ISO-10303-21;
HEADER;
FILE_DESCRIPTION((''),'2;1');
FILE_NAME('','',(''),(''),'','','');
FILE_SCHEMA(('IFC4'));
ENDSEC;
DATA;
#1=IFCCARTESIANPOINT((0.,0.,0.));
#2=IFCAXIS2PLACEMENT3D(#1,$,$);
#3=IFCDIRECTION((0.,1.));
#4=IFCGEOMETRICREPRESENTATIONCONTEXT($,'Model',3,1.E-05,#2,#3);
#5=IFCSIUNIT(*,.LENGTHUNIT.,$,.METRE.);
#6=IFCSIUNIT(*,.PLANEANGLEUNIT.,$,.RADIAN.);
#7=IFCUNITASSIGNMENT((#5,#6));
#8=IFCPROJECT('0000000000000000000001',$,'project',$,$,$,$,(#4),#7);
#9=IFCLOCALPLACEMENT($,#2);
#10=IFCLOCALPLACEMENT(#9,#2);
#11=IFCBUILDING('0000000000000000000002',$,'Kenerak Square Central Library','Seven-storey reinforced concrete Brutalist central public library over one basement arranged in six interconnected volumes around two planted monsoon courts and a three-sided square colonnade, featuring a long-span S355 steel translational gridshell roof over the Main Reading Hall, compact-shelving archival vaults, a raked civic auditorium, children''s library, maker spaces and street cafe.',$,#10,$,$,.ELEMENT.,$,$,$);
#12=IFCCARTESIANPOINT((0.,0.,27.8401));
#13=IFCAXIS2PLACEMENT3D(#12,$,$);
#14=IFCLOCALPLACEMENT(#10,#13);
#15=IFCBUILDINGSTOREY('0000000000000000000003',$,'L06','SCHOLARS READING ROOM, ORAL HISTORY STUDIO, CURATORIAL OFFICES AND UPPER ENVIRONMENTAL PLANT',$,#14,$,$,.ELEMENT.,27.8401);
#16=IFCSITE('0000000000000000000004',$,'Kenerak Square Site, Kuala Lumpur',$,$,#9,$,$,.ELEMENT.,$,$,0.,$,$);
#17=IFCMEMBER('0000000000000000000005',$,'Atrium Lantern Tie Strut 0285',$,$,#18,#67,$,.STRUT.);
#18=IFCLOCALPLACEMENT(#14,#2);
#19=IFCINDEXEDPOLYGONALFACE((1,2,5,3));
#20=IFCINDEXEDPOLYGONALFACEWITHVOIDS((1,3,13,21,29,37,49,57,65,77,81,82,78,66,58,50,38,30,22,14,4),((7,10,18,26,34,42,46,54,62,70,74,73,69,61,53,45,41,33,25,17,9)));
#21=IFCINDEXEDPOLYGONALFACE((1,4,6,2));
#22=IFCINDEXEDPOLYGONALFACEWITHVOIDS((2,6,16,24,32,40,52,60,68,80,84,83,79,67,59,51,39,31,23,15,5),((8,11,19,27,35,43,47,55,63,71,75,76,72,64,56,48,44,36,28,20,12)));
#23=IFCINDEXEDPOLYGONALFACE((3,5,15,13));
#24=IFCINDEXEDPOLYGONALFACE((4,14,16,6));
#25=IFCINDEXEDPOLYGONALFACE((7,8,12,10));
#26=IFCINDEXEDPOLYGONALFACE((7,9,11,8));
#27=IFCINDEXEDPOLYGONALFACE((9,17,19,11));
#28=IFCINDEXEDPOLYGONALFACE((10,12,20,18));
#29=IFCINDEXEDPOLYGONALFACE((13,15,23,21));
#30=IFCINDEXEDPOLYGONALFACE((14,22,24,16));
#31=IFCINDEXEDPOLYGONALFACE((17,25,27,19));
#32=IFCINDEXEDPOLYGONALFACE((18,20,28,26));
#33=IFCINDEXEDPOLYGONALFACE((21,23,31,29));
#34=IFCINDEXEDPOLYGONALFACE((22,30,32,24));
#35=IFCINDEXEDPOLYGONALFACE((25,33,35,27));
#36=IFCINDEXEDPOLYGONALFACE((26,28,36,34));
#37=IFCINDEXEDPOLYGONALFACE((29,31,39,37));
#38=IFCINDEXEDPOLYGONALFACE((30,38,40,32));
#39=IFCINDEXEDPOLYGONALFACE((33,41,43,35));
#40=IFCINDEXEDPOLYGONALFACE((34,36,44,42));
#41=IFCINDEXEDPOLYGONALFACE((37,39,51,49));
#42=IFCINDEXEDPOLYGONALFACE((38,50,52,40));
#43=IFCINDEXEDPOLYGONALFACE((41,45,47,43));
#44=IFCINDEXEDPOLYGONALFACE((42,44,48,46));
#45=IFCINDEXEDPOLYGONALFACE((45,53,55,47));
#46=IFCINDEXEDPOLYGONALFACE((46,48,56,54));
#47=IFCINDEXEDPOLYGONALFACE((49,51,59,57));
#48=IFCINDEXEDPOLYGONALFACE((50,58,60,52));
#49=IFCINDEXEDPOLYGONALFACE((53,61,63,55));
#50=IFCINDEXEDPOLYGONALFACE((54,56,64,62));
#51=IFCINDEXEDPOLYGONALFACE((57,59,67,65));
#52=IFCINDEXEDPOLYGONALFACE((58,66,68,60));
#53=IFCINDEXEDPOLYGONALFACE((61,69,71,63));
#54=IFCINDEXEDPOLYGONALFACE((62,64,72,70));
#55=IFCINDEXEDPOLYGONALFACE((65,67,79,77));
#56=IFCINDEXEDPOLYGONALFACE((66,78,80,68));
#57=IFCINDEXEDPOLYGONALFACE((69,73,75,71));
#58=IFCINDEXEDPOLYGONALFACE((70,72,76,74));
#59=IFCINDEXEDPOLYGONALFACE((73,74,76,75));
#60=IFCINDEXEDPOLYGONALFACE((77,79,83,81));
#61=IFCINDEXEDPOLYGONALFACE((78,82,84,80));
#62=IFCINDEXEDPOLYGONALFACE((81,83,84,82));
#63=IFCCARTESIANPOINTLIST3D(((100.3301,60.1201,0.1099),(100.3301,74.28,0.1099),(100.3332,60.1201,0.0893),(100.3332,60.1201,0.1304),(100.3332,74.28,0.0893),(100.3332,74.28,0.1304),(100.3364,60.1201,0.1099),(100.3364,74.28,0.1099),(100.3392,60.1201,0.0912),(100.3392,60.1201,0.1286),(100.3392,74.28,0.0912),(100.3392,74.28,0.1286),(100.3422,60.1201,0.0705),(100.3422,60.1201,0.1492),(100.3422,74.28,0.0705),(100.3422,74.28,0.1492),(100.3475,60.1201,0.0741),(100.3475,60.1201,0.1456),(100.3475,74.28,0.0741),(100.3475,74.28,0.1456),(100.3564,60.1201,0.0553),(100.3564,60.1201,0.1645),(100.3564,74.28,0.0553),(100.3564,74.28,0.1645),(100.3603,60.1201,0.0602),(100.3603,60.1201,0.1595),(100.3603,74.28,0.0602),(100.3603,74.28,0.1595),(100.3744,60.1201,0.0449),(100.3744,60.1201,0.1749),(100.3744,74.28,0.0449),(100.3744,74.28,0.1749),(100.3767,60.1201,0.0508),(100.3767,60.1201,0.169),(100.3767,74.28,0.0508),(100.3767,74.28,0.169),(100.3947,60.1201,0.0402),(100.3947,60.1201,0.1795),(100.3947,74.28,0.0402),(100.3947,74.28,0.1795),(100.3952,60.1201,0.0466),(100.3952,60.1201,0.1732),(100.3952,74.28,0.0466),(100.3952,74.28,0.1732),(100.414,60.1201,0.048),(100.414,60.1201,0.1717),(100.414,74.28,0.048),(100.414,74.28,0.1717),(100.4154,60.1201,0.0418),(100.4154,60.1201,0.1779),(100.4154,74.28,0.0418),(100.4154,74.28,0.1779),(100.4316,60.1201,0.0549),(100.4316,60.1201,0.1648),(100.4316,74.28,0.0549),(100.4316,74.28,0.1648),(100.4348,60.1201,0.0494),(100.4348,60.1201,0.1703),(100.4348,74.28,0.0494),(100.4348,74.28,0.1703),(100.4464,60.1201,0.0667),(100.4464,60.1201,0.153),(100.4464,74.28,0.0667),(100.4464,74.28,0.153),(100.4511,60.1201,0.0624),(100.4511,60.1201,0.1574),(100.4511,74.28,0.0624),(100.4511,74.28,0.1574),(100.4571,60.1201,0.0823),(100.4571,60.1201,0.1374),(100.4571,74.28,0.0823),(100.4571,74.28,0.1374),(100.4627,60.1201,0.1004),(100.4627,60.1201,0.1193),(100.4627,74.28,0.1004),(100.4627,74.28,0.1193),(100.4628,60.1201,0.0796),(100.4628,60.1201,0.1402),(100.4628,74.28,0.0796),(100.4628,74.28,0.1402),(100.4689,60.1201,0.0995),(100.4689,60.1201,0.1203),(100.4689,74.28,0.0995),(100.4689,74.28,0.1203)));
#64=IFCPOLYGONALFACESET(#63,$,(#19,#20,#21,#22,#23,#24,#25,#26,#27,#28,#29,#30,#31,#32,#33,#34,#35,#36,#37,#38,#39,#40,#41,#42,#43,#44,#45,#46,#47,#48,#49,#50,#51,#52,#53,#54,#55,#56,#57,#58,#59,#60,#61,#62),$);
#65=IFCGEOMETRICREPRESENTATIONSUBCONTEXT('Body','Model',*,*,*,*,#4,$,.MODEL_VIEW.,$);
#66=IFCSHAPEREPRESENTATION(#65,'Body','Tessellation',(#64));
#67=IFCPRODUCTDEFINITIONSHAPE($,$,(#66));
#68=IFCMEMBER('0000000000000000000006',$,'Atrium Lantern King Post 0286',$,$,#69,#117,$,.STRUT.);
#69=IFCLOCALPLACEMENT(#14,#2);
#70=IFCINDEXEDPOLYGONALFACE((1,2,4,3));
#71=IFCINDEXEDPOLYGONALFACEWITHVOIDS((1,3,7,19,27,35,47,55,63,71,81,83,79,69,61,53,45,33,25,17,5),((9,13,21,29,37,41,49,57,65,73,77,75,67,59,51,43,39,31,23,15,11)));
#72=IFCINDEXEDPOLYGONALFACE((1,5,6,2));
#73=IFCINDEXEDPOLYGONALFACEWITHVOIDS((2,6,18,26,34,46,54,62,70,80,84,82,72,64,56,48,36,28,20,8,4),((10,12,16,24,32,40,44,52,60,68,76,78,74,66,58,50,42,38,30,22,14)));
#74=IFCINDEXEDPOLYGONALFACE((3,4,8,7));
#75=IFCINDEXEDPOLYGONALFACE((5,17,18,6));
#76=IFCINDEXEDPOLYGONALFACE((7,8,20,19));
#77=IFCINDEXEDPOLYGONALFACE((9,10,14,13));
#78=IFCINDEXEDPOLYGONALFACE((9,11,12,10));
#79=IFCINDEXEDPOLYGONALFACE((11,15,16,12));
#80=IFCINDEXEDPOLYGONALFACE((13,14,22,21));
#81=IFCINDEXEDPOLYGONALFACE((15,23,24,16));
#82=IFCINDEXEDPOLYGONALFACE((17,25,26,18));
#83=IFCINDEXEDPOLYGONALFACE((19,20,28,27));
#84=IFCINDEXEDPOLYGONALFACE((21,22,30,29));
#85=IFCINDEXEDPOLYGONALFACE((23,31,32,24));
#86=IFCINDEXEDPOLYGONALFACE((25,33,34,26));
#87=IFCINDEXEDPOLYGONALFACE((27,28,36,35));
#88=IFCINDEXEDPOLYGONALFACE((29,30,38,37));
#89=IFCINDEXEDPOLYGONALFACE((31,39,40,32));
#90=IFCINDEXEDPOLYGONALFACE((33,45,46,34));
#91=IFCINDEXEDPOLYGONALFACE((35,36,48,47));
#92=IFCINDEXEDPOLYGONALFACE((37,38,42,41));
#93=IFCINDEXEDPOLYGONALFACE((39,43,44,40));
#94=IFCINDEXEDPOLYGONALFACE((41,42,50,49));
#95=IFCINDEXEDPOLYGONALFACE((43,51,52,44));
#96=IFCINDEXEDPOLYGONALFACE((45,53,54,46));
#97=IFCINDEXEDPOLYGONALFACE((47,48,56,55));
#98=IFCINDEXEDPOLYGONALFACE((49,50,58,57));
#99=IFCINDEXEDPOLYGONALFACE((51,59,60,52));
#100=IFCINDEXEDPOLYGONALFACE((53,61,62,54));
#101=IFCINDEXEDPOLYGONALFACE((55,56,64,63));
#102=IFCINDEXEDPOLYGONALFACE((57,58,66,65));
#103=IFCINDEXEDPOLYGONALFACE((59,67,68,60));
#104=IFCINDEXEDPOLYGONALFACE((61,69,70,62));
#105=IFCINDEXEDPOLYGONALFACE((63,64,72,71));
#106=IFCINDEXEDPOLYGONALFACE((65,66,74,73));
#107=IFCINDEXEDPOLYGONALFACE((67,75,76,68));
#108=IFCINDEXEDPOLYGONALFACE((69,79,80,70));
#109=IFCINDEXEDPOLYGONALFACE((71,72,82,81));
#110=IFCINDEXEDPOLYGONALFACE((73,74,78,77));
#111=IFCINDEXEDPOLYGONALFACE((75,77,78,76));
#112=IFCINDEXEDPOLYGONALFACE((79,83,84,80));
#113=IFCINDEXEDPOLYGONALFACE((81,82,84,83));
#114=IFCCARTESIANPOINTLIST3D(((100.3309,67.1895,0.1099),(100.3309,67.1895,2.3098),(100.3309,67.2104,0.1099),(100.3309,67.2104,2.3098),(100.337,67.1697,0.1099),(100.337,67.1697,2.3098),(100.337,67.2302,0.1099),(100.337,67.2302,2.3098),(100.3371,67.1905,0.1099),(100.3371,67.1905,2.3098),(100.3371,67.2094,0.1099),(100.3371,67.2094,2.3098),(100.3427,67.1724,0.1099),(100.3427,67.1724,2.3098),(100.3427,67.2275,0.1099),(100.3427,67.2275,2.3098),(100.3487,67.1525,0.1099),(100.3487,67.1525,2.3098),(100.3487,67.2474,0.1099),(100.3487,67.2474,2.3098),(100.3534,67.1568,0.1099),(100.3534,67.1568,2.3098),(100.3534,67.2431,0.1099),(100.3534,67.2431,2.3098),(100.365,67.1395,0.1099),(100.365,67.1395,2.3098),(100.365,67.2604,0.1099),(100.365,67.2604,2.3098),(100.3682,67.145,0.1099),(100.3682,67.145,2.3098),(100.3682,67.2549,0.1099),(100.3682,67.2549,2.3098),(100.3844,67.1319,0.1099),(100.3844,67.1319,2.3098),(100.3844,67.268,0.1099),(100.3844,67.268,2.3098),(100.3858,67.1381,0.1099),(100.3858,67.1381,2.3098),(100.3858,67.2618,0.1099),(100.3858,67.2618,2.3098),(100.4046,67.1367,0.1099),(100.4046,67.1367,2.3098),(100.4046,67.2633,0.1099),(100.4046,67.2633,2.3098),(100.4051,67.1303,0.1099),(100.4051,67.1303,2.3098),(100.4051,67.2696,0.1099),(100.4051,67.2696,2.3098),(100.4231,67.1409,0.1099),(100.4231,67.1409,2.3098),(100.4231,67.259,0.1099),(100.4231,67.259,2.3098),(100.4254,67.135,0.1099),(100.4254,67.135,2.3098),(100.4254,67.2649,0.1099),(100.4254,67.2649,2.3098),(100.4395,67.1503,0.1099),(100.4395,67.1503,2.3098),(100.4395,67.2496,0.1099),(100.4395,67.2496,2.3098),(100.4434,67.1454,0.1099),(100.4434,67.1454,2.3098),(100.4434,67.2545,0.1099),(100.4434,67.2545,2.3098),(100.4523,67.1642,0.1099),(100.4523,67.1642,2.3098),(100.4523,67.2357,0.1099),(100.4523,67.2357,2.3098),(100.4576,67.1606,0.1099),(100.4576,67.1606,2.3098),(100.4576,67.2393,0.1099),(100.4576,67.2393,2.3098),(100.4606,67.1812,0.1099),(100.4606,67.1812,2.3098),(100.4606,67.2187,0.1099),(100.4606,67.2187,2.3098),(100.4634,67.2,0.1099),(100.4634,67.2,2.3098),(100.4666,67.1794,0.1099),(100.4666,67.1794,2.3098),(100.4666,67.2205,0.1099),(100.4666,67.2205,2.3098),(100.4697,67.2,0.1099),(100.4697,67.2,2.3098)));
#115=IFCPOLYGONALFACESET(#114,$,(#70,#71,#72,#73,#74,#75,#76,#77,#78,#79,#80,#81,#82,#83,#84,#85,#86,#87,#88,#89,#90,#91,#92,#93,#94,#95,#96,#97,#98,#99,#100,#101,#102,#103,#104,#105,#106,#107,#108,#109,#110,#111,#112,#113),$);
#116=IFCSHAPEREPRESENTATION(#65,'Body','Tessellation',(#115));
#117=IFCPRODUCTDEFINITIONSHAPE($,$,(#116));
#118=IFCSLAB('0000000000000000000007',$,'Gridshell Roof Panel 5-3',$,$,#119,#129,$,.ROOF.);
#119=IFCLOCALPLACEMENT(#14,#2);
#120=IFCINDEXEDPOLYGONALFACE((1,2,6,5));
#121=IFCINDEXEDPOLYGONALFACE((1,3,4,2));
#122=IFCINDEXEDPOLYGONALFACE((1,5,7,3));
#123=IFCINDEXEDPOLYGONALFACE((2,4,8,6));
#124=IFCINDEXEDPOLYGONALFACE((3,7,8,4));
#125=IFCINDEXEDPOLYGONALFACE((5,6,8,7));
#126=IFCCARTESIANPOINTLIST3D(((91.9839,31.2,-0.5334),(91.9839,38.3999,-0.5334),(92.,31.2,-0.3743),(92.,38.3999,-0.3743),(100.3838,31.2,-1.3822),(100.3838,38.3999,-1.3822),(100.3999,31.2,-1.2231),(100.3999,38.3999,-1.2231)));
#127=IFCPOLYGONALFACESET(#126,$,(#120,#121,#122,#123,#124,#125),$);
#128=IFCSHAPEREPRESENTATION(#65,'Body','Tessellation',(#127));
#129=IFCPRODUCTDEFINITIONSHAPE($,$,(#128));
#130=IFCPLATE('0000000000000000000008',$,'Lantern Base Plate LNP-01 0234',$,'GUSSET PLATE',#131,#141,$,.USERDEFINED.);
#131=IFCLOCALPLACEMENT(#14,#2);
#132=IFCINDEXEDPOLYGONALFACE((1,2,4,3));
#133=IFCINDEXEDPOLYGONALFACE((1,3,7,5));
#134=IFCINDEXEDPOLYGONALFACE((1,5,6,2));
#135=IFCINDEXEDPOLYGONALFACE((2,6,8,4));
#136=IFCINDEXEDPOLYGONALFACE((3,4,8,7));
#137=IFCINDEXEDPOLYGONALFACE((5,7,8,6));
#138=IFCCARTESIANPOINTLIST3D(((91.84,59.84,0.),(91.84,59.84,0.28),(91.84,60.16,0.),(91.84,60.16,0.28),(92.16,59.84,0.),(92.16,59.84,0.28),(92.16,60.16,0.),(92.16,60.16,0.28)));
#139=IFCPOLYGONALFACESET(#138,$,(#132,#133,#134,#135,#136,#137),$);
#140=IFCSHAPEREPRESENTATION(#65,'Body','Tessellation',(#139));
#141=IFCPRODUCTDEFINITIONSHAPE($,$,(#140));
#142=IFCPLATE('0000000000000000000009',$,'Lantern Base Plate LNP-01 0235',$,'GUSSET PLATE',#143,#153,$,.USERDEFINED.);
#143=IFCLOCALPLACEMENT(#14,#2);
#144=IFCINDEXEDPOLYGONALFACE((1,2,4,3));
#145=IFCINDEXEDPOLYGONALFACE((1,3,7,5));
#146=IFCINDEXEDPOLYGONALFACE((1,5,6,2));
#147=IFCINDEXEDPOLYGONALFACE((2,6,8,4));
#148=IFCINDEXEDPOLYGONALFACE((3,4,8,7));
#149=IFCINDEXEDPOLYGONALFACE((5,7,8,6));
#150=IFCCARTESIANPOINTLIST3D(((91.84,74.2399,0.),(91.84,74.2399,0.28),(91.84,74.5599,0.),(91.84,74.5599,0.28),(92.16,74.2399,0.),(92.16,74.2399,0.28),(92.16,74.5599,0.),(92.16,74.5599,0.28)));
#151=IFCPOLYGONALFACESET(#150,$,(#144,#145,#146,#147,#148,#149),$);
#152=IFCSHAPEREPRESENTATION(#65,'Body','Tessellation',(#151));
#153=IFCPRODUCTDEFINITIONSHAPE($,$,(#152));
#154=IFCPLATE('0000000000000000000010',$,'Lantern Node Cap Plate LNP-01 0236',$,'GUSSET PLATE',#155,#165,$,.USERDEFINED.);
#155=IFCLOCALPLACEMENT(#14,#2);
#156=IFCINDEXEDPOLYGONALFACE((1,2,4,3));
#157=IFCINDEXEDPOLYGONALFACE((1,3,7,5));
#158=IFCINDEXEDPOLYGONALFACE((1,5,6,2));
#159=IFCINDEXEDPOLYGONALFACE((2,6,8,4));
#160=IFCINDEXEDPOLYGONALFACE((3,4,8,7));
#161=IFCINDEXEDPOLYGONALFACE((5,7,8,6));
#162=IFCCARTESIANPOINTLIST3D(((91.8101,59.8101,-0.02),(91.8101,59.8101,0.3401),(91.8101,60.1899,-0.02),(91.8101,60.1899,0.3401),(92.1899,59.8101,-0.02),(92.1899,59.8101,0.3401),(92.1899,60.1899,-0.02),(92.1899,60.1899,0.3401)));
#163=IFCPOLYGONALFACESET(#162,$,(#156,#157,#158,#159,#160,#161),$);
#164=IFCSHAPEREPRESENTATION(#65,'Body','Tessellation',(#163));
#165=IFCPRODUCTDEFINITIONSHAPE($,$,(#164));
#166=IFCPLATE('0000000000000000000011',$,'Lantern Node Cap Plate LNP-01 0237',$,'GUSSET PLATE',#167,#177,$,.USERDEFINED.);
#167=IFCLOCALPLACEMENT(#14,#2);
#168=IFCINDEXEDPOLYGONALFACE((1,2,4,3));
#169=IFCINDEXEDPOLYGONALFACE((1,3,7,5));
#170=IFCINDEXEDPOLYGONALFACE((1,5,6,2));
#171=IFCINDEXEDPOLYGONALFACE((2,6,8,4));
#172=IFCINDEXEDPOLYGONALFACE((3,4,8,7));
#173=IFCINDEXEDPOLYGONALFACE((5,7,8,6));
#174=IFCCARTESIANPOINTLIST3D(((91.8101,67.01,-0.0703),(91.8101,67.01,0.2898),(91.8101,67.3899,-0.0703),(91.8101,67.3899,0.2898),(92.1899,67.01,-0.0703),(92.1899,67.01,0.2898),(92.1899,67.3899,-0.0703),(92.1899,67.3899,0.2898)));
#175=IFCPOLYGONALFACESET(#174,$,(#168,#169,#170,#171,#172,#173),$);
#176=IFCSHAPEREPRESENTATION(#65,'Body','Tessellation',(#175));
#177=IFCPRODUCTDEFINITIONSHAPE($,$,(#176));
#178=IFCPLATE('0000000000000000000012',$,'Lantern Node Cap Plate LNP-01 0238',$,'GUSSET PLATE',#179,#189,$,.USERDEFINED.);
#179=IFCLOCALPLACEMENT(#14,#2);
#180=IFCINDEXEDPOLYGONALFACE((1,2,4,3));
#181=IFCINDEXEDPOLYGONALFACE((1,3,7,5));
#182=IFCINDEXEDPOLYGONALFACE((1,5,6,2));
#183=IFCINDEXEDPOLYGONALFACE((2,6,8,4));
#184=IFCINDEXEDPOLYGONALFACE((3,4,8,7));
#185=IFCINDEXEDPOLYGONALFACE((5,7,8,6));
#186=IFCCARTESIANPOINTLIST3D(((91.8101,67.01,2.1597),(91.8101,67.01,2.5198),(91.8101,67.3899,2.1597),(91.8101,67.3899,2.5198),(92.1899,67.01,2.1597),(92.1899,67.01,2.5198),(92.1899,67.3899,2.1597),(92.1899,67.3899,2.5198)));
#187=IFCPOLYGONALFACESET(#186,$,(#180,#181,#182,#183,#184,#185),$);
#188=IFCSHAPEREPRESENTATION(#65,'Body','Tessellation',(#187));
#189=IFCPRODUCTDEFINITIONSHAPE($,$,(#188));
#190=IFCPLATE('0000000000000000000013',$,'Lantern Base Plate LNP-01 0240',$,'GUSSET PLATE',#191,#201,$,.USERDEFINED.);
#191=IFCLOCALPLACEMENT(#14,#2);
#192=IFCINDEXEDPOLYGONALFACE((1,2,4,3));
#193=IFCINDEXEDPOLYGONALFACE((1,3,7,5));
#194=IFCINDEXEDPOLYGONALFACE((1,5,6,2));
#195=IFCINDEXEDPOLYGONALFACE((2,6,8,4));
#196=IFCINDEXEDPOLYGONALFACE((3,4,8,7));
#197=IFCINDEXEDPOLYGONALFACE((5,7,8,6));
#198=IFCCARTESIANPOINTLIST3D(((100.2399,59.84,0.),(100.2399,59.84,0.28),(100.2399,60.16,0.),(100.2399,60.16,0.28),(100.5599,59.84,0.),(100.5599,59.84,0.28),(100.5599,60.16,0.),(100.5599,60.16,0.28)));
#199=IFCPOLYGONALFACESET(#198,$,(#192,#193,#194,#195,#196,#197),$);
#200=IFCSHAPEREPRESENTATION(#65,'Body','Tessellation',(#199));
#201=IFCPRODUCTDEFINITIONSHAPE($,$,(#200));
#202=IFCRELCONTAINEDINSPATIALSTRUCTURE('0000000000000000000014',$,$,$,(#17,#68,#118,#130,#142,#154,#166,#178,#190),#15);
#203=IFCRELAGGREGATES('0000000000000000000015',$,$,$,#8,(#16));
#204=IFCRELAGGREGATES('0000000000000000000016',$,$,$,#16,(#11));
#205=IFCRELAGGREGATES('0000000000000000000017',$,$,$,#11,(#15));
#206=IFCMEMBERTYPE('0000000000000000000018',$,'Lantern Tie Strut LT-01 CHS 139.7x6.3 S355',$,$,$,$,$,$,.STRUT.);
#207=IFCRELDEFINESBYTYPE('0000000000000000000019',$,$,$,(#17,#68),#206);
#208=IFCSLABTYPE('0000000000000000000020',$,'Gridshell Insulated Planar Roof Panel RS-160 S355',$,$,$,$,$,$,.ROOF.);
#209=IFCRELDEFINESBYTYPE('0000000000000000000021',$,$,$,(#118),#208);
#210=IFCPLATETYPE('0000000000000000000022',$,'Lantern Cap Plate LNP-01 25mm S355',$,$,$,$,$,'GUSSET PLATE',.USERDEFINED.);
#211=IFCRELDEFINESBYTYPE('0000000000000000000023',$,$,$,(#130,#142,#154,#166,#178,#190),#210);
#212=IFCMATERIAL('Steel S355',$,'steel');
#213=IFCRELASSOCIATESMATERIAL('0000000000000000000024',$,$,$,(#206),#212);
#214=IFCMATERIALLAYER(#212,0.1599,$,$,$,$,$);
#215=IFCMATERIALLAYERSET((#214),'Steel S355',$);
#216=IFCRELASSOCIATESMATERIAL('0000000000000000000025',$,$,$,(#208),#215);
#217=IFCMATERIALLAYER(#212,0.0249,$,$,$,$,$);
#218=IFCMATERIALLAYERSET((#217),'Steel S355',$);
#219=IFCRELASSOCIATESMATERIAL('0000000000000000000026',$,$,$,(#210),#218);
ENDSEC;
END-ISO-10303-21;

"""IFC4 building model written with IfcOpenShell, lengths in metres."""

from ifc_helpers import new_model, si_unit, direction, frame, origin, origin_2d, place, context, subcontext, project, spatial, polyline, rectangle, hollow_circle, outline, extrude, material, layer, layer_set, material_profile, profile_set, type_object, element, save


model = new_model("IFC4")

# Units and contexts
model_context = context("Model", 3, precision=1e-05, world=origin(), true_north=direction((0.0, 1.0)))
body_context = subcontext(model_context, "Body", "Model", "MODEL_VIEW")
ifc_project = project(units=[si_unit("LENGTHUNIT", "METRE"), si_unit("PLANEANGLEUNIT", "RADIAN")], contexts=[model_context])

# Site, building, storey
site_placement = place(None, origin())
site = spatial("IfcSite", under=ifc_project, at=site_placement, Name="Kenerak Square Site, Kuala Lumpur", CompositionType="ELEMENT", RefElevation=0.0)
building_placement = place(site_placement, origin())
building = spatial("IfcBuilding", under=site, at=building_placement, Name="Kenerak Square Central Library", Description="Seven-storey reinforced concrete Brutalist central public library over one basement arranged in six interconnected volumes around two planted monsoon courts and a three-sided square colonnade, featuring a long-span S355 steel translational gridshell roof over the Main Reading Hall, compact-shelving archival vaults, a raked civic auditorium, children's library, maker spaces and street cafe.", CompositionType="ELEMENT")
storey_placement = place(building_placement, frame((0.0, 0.0, 27.8401)))
storey = spatial("IfcBuildingStorey", under=building, at=storey_placement, Name="L06", Description="SCHOLARS READING ROOM, ORAL HISTORY STUDIO, CURATORIAL OFFICES AND UPPER ENVIRONMENTAL PLANT", CompositionType="ELEMENT", Elevation=27.8401)

# Shared definitions
ifc_material_1 = material(Name="Steel S355", Category="steel")

# Members
ifc_material_profile_1 = material_profile(ifc_material_1, hollow_circle(Radius=0.0698, WallThickness=0.0063, at=origin_2d()), Name="CHS 139.7x6.3")
ifc_profile_set_1 = profile_set([ifc_material_profile_1], Name="Steel S355")
member_type_1 = type_object("IfcMemberType", Name="Lantern Tie Strut LT-01 CHS 139.7x6.3 S355", PredefinedType="STRUT", material=ifc_profile_set_1)
member_1_placement = place(storey_placement, frame((100.3999, 60.1201, 0.1099), z_axis=(0.0, 1.0, 0.0), x_axis=(-1.0, 0.0, 0.0)))
element("IfcMember", 1, at=member_1_placement, inside=storey, type_object=member_type_1, Name="Atrium Lantern Tie Strut 0285", PredefinedType="STRUT", context=body_context, shape_type="SweptSolid", body=[
    extrude(hollow_circle(Radius=0.0698, WallThickness=0.0063, at=origin_2d()), origin(), (0.0, 0.0, 1.0), 14.1599),
])
member_2_placement = place(storey_placement, frame((100.3999, 67.2, 0.1099), z_axis=(0.0, 0.0, 1.0), x_axis=(1.0, 0.0, 0.0)))
element("IfcMember", 2, at=member_2_placement, inside=storey, type_object=member_type_1, Name="Atrium Lantern King Post 0286", PredefinedType="STRUT", context=body_context, shape_type="SweptSolid", body=[
    extrude(hollow_circle(Radius=0.0698, WallThickness=0.0063, at=origin_2d()), origin(), (0.0, 0.0, 1.0), 2.2),
])

# Slab
ifc_layer_1 = layer(ifc_material_1, 0.1599)
ifc_layer_set_1 = layer_set([ifc_layer_1], Name="Steel S355")
slab_type = type_object("IfcSlabType", Name="Gridshell Insulated Planar Roof Panel RS-160 S355", PredefinedType="ROOF", material=ifc_layer_set_1)
slab_placement = place(storey_placement, frame((92.0, 31.2, -0.3743), z_axis=(0.100546, 0.0, 0.994932), x_axis=(0.994932, 0.0, -0.100546)))
element("IfcSlab", 3, at=slab_placement, inside=storey, type_object=slab_type, Name="Gridshell Roof Panel 5-3", PredefinedType="ROOF", context=body_context, shape_type="SweptSolid", body=[
    extrude(outline(polyline([(0.0, 0.0), (8.4427, 0.0), (8.4427, 7.2), (0.0, 7.2), (0.0, 0.0)])), origin(), (0.0, 0.0, -1.0), 0.1599),
])

# Plates
ifc_layer_2 = layer(ifc_material_1, 0.0249)
ifc_layer_set_2 = layer_set([ifc_layer_2], Name="Steel S355")
plate_type = type_object("IfcPlateType", Name="Lantern Cap Plate LNP-01 25mm S355", ElementType="GUSSET PLATE", PredefinedType="USERDEFINED", material=ifc_layer_set_2)
for number, where, z_axis, x_axis, name in (
    (4, (92.0, 60.0, 0.0), (0.0, 0.0, 1.0), (1.0, 0.0, 0.0), "Lantern Base Plate LNP-01 0234"),
    (5, (92.0, 74.3999, 0.0), (0.0, 0.0, 1.0), (1.0, 0.0, 0.0), "Lantern Base Plate LNP-01 0235"),
):
    element("IfcPlate", number, at=place(storey_placement, frame(where, z_axis=z_axis, x_axis=x_axis)), inside=storey, type_object=plate_type, Name=name, ObjectType="GUSSET PLATE", PredefinedType="USERDEFINED", context=body_context, shape_type="SweptSolid", body=[
        extrude(rectangle(XDim=0.3201, YDim=0.3201, at=origin_2d()), origin(), (0.0, 0.0, 1.0), 0.28),
    ])
for number, where, z_axis, x_axis, name in (
    (6, (92.0, 60.0, -0.02), (0.0, 0.0, 1.0), (1.0, 0.0, 0.0), "Lantern Node Cap Plate LNP-01 0236"),
    (7, (92.0, 67.2, -0.0703), (0.0, 0.0, 1.0), (1.0, 0.0, 0.0), "Lantern Node Cap Plate LNP-01 0237"),
    (8, (92.0, 67.2, 2.1597), (0.0, 0.0, 1.0), (1.0, 0.0, 0.0), "Lantern Node Cap Plate LNP-01 0238"),
):
    element("IfcPlate", number, at=place(storey_placement, frame(where, z_axis=z_axis, x_axis=x_axis)), inside=storey, type_object=plate_type, Name=name, ObjectType="GUSSET PLATE", PredefinedType="USERDEFINED", context=body_context, shape_type="SweptSolid", body=[
        extrude(rectangle(XDim=0.3799, YDim=0.3799, at=origin_2d()), origin(), (0.0, 0.0, 1.0), 0.3601),
    ])
plate_placement = place(storey_placement, frame((100.3999, 60.0, 0.0), z_axis=(0.0, 0.0, 1.0), x_axis=(1.0, 0.0, 0.0)))
element("IfcPlate", 9, at=plate_placement, inside=storey, type_object=plate_type, Name="Lantern Base Plate LNP-01 0240", ObjectType="GUSSET PLATE", PredefinedType="USERDEFINED", context=body_context, shape_type="SweptSolid", body=[
    extrude(rectangle(XDim=0.3201, YDim=0.3201, at=origin_2d()), origin(), (0.0, 0.0, 1.0), 0.28),
])

save(model, "model.ifc")
